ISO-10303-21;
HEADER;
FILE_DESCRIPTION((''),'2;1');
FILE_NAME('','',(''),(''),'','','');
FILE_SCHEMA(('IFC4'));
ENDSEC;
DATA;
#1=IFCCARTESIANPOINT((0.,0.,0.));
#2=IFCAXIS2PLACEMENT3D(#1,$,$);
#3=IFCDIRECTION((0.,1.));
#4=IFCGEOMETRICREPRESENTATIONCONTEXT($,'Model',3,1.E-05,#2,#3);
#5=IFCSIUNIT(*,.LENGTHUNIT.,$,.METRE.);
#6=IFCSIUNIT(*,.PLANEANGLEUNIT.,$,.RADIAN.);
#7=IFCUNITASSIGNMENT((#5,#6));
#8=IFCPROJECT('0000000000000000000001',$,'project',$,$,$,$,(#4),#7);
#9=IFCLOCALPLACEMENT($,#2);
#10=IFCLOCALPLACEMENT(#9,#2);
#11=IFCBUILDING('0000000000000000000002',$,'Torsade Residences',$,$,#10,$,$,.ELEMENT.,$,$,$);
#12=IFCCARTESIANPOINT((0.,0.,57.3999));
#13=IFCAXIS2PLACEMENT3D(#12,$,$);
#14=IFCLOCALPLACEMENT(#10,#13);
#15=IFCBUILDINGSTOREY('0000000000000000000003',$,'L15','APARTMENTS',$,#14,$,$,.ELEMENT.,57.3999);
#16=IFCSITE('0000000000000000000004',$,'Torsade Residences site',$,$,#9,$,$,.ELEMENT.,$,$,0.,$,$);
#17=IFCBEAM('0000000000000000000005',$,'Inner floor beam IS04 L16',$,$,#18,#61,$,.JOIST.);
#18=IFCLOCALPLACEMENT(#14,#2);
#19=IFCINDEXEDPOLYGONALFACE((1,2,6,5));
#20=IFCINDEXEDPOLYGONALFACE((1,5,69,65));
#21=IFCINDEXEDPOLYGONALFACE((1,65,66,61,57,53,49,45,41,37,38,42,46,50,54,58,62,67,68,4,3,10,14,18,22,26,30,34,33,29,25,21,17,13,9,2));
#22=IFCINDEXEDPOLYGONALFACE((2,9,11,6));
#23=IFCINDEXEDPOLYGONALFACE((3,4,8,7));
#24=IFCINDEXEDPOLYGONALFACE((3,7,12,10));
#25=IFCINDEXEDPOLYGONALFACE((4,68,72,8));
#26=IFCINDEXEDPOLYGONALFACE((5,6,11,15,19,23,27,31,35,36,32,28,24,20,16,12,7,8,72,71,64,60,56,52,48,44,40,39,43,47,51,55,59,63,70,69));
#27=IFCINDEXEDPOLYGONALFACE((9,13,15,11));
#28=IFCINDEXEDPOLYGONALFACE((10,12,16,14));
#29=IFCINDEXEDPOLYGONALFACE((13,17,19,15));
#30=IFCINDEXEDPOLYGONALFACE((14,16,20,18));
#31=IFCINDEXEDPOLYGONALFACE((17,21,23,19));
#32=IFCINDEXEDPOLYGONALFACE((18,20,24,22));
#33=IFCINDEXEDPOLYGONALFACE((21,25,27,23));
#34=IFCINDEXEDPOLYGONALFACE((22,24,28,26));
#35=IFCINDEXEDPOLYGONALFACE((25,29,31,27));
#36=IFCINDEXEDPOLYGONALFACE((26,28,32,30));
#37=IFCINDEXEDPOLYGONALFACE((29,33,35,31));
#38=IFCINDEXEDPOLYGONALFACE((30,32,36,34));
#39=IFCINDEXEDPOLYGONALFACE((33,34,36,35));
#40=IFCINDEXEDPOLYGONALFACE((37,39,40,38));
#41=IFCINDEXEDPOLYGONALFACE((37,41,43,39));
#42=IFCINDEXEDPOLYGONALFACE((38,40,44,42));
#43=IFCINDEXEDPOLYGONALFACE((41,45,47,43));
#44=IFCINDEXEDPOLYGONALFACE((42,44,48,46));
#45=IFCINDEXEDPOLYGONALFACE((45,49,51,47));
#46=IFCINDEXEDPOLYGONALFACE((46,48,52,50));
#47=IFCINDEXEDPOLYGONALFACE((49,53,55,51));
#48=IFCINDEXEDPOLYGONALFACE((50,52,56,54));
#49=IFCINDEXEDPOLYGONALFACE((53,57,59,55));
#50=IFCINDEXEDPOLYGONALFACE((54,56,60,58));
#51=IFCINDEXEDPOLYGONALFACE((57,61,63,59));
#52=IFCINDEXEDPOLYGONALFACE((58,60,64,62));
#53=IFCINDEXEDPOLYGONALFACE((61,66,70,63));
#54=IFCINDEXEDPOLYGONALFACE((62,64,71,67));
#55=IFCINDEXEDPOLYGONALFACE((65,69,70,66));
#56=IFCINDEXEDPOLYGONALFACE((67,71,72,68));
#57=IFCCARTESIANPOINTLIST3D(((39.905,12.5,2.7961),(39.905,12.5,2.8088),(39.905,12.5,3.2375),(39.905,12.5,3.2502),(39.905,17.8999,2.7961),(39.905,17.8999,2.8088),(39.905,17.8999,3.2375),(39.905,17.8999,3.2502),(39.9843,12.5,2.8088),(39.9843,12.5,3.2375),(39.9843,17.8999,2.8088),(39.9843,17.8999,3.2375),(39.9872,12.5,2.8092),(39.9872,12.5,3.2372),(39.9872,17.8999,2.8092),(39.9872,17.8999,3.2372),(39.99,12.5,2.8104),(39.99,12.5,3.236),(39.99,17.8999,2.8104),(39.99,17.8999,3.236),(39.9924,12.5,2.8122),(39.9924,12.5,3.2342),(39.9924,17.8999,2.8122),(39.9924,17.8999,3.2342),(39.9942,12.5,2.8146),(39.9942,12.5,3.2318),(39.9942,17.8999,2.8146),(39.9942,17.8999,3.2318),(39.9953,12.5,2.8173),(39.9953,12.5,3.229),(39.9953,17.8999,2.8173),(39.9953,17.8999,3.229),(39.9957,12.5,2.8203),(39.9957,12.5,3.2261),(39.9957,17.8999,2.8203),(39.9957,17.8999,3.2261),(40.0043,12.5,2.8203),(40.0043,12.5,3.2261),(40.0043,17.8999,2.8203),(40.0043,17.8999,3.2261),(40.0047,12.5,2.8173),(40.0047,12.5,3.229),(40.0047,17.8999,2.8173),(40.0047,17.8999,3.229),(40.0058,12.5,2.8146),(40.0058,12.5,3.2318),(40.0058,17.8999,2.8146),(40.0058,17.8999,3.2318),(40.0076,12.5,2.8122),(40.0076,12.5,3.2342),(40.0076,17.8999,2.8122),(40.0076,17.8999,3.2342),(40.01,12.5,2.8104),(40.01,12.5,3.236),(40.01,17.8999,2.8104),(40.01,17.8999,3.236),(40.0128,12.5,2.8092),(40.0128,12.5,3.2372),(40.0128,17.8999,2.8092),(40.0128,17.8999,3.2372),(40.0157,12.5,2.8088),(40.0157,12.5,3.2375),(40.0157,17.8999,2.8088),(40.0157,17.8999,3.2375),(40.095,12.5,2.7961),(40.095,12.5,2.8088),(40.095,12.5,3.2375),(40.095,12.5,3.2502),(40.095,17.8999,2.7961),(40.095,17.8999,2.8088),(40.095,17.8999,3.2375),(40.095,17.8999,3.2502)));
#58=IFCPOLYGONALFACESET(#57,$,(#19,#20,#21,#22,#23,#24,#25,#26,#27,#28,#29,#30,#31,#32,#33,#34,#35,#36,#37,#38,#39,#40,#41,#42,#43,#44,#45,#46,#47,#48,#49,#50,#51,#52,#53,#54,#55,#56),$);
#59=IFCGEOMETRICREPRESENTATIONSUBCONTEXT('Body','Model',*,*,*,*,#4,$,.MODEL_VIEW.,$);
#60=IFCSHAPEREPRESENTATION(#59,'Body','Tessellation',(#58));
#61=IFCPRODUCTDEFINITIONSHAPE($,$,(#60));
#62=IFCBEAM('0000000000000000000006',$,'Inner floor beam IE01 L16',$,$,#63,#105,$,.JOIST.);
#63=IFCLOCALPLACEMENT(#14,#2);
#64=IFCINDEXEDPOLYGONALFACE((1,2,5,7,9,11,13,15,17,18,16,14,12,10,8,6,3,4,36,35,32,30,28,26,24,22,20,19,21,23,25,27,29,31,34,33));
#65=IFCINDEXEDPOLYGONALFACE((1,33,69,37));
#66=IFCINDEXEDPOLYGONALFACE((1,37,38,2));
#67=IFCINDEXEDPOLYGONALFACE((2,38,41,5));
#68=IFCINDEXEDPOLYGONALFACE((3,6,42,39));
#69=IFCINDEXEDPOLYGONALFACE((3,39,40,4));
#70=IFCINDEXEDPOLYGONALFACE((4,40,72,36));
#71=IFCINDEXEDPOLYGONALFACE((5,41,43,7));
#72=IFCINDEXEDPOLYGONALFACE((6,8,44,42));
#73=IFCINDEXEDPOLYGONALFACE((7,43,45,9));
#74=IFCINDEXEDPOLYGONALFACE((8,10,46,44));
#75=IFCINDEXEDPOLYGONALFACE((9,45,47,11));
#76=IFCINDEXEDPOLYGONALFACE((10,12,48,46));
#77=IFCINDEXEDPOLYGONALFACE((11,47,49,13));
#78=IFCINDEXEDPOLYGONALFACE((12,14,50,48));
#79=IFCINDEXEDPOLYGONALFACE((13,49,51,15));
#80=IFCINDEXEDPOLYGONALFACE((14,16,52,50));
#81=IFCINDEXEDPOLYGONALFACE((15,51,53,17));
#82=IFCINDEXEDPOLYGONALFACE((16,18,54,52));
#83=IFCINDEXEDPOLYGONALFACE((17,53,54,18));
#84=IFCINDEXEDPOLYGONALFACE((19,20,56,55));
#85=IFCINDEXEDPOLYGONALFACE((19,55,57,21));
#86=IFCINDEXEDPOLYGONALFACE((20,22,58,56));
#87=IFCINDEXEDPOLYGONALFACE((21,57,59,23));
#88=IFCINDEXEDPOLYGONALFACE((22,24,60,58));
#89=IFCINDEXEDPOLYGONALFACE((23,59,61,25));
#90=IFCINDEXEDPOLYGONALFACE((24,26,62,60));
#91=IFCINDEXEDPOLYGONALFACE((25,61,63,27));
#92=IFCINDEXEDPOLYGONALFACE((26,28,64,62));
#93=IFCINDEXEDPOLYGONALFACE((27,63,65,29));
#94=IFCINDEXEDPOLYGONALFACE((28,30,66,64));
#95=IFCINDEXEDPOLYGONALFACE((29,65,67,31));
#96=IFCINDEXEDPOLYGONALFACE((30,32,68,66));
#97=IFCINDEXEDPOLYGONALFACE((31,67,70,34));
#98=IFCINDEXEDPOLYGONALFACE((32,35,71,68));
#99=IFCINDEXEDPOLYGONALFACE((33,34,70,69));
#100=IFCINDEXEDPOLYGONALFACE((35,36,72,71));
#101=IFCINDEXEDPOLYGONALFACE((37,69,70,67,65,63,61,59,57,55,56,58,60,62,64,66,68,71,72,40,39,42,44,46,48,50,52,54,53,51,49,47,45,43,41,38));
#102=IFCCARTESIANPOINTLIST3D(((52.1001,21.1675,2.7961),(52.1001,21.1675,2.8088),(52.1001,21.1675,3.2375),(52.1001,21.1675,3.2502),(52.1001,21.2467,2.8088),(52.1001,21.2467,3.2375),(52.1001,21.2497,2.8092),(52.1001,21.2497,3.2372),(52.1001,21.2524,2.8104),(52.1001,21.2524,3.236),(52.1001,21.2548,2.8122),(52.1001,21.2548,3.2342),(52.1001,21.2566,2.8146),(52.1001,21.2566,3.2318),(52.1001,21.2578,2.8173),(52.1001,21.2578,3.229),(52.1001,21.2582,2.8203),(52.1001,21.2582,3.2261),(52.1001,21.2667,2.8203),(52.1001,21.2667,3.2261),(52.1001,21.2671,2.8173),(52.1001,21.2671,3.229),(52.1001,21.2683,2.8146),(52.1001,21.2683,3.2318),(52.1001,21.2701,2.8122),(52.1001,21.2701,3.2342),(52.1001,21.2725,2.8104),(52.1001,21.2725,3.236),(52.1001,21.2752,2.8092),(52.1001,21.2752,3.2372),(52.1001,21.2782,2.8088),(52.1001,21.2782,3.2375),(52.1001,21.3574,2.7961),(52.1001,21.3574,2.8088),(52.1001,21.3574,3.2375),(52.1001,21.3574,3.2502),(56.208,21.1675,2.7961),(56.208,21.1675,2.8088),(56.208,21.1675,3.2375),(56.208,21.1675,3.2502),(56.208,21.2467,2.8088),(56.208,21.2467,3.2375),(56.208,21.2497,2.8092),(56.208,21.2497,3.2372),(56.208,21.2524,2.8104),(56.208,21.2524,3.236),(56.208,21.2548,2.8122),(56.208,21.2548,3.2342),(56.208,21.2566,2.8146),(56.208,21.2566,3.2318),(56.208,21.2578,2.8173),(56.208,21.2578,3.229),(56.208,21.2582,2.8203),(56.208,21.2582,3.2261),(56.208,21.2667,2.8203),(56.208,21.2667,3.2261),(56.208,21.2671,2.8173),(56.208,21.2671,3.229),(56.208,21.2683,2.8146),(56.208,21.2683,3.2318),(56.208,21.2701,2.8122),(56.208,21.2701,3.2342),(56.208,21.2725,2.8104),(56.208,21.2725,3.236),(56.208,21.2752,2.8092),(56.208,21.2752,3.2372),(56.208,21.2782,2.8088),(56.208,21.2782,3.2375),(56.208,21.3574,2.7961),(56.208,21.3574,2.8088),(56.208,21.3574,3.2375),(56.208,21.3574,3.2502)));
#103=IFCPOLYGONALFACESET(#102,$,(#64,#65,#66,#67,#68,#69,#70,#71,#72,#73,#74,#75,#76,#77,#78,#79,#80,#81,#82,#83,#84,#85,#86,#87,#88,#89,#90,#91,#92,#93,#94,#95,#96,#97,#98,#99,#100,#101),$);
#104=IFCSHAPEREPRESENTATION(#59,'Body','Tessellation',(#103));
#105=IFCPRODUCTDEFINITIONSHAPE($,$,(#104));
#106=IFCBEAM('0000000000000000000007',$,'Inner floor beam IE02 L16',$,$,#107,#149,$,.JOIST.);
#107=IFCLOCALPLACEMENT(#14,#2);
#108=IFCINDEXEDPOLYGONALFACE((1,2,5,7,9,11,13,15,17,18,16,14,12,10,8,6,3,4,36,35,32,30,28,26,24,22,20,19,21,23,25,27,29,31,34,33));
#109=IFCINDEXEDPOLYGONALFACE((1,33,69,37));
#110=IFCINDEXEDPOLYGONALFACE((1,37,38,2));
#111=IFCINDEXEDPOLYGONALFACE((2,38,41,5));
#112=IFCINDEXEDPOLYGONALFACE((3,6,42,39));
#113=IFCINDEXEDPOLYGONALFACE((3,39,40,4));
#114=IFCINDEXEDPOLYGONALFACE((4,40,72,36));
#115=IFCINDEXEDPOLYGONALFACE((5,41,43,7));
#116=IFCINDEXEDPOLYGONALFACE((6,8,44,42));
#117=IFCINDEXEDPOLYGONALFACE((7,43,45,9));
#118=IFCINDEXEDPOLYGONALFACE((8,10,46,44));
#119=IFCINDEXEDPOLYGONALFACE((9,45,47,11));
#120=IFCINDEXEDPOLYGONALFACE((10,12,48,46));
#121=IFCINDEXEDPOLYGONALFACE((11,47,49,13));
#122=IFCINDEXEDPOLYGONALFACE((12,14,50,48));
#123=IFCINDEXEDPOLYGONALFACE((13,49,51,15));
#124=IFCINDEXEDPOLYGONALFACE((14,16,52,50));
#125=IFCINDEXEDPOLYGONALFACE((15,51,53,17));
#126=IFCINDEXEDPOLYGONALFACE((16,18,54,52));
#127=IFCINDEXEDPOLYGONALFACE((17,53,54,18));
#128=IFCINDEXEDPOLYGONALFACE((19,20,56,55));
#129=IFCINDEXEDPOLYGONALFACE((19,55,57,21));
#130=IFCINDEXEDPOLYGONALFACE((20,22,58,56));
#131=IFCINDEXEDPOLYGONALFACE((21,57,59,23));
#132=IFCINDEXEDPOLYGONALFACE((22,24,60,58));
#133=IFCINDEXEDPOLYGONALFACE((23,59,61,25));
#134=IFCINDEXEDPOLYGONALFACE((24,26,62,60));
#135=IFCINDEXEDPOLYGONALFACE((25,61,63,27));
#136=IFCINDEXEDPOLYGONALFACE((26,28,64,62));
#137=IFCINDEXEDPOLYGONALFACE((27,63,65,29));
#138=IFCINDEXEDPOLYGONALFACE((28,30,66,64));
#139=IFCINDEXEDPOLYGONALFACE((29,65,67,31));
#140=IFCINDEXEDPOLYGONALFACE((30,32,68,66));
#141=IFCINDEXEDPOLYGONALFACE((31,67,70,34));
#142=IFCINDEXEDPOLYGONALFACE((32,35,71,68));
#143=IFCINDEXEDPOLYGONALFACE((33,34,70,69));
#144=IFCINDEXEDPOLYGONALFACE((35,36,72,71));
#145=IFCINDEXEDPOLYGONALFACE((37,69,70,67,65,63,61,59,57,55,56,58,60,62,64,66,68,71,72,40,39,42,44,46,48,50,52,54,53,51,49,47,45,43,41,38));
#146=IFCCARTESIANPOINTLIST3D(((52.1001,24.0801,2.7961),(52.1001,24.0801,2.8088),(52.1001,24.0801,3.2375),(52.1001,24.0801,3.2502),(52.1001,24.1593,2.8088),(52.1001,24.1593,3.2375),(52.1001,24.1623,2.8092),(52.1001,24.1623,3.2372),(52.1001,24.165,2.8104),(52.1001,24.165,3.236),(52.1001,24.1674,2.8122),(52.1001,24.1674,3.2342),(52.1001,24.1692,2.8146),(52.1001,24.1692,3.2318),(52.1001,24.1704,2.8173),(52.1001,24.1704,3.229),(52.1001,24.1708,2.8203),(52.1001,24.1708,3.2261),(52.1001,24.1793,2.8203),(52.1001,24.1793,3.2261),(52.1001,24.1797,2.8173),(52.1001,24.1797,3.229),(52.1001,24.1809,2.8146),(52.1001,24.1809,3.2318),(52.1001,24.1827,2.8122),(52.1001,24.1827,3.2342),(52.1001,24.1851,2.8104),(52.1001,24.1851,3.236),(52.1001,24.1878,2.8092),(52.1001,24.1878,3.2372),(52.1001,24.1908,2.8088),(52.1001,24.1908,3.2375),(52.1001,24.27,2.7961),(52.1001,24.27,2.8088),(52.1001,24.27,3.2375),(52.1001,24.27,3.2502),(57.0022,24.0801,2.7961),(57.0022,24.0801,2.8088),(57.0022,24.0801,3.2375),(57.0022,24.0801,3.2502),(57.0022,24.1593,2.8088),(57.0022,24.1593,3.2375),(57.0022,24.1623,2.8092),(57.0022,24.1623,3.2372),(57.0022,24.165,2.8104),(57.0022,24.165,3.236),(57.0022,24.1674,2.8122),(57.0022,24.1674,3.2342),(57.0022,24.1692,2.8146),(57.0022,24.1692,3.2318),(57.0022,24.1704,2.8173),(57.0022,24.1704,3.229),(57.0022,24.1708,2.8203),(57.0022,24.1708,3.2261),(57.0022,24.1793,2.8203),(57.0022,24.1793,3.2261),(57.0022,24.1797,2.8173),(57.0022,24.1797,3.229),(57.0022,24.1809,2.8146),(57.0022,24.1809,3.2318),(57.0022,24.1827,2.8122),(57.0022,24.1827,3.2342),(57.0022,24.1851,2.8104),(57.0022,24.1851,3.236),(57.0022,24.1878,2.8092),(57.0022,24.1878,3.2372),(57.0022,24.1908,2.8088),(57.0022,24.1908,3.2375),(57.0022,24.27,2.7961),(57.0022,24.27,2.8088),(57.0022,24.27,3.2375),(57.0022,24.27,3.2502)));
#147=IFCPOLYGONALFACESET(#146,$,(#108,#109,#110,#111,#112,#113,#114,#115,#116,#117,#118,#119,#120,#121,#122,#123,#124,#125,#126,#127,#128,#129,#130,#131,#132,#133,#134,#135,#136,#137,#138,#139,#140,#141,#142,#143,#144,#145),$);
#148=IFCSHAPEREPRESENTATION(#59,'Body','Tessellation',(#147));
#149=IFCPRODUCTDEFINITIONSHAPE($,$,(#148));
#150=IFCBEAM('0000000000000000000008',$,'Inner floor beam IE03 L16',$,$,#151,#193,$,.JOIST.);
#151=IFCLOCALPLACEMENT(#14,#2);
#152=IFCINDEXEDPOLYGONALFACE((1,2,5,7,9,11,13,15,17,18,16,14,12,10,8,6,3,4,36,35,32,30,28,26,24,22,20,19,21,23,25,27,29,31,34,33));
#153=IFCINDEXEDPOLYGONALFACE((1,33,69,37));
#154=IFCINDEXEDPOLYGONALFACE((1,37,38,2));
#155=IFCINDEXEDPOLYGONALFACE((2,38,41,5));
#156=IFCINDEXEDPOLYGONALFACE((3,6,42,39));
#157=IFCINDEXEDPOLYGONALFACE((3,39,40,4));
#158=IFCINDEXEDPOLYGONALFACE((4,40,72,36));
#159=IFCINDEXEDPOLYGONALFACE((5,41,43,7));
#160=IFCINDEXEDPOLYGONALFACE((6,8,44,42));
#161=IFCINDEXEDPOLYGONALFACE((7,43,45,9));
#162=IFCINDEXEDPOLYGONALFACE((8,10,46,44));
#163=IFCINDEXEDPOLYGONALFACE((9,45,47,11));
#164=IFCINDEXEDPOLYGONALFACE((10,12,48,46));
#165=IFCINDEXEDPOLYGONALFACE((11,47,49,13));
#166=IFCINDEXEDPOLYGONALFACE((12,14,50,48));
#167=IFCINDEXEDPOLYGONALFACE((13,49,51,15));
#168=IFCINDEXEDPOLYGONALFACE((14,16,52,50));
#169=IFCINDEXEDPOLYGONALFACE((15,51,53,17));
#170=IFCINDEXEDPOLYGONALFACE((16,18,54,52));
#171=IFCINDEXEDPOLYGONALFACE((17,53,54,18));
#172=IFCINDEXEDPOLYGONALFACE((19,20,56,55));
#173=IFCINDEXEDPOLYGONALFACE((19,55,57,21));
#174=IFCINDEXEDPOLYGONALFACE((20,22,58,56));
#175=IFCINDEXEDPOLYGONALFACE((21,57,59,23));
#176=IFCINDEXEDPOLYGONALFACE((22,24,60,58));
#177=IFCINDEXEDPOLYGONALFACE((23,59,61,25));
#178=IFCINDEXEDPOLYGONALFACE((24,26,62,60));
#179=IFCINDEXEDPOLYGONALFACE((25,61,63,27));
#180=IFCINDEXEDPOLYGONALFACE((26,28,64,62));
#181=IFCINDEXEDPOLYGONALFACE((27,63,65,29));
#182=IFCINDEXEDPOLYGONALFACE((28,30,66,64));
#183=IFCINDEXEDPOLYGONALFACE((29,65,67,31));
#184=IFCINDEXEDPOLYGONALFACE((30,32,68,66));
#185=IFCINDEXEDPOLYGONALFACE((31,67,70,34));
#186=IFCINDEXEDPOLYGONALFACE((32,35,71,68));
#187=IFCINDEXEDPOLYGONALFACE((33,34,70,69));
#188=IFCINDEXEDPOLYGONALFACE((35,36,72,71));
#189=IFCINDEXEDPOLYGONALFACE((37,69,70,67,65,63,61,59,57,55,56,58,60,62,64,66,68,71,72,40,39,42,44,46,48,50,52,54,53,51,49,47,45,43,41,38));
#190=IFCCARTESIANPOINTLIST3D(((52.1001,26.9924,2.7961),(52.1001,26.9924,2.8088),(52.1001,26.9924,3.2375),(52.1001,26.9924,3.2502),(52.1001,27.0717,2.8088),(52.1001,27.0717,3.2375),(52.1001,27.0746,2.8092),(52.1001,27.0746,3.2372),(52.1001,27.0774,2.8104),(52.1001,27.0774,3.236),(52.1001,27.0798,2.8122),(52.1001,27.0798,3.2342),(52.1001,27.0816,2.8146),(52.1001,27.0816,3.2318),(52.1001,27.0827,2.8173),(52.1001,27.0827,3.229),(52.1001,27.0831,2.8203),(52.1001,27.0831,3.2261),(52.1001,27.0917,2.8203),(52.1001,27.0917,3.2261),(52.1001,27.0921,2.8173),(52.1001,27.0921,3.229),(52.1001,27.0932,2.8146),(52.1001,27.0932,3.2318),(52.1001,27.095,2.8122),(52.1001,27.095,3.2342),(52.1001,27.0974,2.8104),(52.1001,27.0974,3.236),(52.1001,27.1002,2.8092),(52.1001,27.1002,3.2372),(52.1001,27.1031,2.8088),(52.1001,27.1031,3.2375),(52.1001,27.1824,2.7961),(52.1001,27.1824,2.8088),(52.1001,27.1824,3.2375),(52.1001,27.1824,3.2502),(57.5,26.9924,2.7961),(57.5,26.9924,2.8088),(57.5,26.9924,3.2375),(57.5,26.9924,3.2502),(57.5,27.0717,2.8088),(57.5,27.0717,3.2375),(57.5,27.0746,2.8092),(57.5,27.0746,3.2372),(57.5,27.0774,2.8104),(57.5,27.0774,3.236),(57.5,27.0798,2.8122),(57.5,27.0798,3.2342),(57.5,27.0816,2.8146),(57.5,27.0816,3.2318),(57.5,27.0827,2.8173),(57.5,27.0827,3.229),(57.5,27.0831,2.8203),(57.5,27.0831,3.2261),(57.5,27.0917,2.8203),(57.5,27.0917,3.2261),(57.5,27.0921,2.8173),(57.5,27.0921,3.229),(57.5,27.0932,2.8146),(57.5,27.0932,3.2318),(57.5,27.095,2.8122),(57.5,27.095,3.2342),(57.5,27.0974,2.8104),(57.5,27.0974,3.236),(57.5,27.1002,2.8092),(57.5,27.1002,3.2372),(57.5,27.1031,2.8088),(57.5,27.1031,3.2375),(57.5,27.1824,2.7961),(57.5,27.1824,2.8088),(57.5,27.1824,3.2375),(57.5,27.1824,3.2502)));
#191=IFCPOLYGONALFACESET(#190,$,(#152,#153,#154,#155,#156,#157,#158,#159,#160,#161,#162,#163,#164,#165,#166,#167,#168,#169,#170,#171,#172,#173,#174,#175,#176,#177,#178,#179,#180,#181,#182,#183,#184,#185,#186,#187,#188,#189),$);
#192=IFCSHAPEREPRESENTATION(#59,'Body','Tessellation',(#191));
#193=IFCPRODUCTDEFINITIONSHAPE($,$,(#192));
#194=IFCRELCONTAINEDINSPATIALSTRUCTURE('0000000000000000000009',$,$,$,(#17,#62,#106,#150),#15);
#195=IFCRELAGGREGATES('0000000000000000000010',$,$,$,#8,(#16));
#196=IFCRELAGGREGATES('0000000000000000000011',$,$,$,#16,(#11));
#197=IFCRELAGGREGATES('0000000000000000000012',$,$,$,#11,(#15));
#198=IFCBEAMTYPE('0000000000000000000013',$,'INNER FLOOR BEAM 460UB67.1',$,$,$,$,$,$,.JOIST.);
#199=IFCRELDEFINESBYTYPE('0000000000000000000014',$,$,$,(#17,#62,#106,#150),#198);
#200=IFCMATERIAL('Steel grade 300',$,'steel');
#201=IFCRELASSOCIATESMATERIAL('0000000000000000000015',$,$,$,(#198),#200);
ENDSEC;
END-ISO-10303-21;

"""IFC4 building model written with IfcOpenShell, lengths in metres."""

from ifc_helpers import new_model, si_unit, direction, frame, origin, origin_2d, place, context, subcontext, project, spatial, i_section, extrude, material, material_profile, profile_set, type_object, element, save


model = new_model("IFC4")

# Units and contexts
model_context = context("Model", 3, precision=1e-05, world=origin(), true_north=direction((0.0, 1.0)))
body_context = subcontext(model_context, "Body", "Model", "MODEL_VIEW")
ifc_project = project(units=[si_unit("LENGTHUNIT", "METRE"), si_unit("PLANEANGLEUNIT", "RADIAN")], contexts=[model_context])

# Site, building, storey
site_placement = place(None, origin())
site = spatial("IfcSite", under=ifc_project, at=site_placement, Name="Torsade Residences site", CompositionType="ELEMENT", RefElevation=0.0)
building_placement = place(site_placement, origin())
building = spatial("IfcBuilding", under=site, at=building_placement, Name="Torsade Residences", CompositionType="ELEMENT")
storey_placement = place(building_placement, frame((0.0, 0.0, 57.3999)))
storey = spatial("IfcBuildingStorey", under=building, at=storey_placement, Name="L15", Description="APARTMENTS", CompositionType="ELEMENT", Elevation=57.3999)

# Beams
ifc_material_1 = material(Name="Steel grade 300", Category="steel")
ifc_material_profile_1 = material_profile(ifc_material_1, i_section(OverallWidth=0.1899, OverallDepth=0.4541, WebThickness=0.0085, FlangeThickness=0.0127, FilletRadius=0.0115, at=origin_2d()), Name="460UB67.1")
ifc_profile_set_1 = profile_set([ifc_material_profile_1], Name="Steel grade 300")
beam_type_1 = type_object("IfcBeamType", Name="INNER FLOOR BEAM 460UB67.1", PredefinedType="JOIST", material=ifc_profile_set_1)
for number, where, z_axis, x_axis, name in (
    (1, (40.0, 17.8999, 3.0232), (0.0, -1.0, 0.0), (1.0, 0.0, 0.0), "Inner floor beam IS04 L16"),
):
    element("IfcBeam", number, at=place(storey_placement, frame(where, z_axis=z_axis, x_axis=x_axis)), inside=storey, type_object=beam_type_1, Name=name, PredefinedType="JOIST", context=body_context, shape_type="SweptSolid", body=[
        extrude(i_section(OverallWidth=0.1899, OverallDepth=0.4541, WebThickness=0.0085, FlangeThickness=0.0127, FilletRadius=0.0115, at=origin_2d()), origin(), (0.0, 0.0, 1.0), 5.3999),
    ])
beam_1_placement = place(storey_placement, frame((52.1001, 21.2625, 3.0232), z_axis=(1.0, 0.0, 0.0), x_axis=(0.0, 1.0, 0.0)))
element("IfcBeam", 2, at=beam_1_placement, inside=storey, type_object=beam_type_1, Name="Inner floor beam IE01 L16", PredefinedType="JOIST", context=body_context, shape_type="SweptSolid", body=[
    extrude(i_section(OverallWidth=0.1899, OverallDepth=0.4541, WebThickness=0.0085, FlangeThickness=0.0127, FilletRadius=0.0115, at=origin_2d()), origin(), (0.0, 0.0, 1.0), 4.1079),
])
beam_2_placement = place(storey_placement, frame((52.1001, 24.175, 3.0232), z_axis=(1.0, 0.0, 0.0), x_axis=(0.0, 1.0, 0.0)))
element("IfcBeam", 3, at=beam_2_placement, inside=storey, type_object=beam_type_1, Name="Inner floor beam IE02 L16", PredefinedType="JOIST", context=body_context, shape_type="SweptSolid", body=[
    extrude(i_section(OverallWidth=0.1899, OverallDepth=0.4541, WebThickness=0.0085, FlangeThickness=0.0127, FilletRadius=0.0115, at=origin_2d()), origin(), (0.0, 0.0, 1.0), 4.9021),
])
beam_3_placement = place(storey_placement, frame((52.1001, 27.0874, 3.0232), z_axis=(1.0, 0.0, 0.0), x_axis=(0.0, 1.0, 0.0)))
element("IfcBeam", 4, at=beam_3_placement, inside=storey, type_object=beam_type_1, Name="Inner floor beam IE03 L16", PredefinedType="JOIST", context=body_context, shape_type="SweptSolid", body=[
    extrude(i_section(OverallWidth=0.1899, OverallDepth=0.4541, WebThickness=0.0085, FlangeThickness=0.0127, FilletRadius=0.0115, at=origin_2d()), origin(), (0.0, 0.0, 1.0), 5.3999),
])

save(model, "model.ifc")
